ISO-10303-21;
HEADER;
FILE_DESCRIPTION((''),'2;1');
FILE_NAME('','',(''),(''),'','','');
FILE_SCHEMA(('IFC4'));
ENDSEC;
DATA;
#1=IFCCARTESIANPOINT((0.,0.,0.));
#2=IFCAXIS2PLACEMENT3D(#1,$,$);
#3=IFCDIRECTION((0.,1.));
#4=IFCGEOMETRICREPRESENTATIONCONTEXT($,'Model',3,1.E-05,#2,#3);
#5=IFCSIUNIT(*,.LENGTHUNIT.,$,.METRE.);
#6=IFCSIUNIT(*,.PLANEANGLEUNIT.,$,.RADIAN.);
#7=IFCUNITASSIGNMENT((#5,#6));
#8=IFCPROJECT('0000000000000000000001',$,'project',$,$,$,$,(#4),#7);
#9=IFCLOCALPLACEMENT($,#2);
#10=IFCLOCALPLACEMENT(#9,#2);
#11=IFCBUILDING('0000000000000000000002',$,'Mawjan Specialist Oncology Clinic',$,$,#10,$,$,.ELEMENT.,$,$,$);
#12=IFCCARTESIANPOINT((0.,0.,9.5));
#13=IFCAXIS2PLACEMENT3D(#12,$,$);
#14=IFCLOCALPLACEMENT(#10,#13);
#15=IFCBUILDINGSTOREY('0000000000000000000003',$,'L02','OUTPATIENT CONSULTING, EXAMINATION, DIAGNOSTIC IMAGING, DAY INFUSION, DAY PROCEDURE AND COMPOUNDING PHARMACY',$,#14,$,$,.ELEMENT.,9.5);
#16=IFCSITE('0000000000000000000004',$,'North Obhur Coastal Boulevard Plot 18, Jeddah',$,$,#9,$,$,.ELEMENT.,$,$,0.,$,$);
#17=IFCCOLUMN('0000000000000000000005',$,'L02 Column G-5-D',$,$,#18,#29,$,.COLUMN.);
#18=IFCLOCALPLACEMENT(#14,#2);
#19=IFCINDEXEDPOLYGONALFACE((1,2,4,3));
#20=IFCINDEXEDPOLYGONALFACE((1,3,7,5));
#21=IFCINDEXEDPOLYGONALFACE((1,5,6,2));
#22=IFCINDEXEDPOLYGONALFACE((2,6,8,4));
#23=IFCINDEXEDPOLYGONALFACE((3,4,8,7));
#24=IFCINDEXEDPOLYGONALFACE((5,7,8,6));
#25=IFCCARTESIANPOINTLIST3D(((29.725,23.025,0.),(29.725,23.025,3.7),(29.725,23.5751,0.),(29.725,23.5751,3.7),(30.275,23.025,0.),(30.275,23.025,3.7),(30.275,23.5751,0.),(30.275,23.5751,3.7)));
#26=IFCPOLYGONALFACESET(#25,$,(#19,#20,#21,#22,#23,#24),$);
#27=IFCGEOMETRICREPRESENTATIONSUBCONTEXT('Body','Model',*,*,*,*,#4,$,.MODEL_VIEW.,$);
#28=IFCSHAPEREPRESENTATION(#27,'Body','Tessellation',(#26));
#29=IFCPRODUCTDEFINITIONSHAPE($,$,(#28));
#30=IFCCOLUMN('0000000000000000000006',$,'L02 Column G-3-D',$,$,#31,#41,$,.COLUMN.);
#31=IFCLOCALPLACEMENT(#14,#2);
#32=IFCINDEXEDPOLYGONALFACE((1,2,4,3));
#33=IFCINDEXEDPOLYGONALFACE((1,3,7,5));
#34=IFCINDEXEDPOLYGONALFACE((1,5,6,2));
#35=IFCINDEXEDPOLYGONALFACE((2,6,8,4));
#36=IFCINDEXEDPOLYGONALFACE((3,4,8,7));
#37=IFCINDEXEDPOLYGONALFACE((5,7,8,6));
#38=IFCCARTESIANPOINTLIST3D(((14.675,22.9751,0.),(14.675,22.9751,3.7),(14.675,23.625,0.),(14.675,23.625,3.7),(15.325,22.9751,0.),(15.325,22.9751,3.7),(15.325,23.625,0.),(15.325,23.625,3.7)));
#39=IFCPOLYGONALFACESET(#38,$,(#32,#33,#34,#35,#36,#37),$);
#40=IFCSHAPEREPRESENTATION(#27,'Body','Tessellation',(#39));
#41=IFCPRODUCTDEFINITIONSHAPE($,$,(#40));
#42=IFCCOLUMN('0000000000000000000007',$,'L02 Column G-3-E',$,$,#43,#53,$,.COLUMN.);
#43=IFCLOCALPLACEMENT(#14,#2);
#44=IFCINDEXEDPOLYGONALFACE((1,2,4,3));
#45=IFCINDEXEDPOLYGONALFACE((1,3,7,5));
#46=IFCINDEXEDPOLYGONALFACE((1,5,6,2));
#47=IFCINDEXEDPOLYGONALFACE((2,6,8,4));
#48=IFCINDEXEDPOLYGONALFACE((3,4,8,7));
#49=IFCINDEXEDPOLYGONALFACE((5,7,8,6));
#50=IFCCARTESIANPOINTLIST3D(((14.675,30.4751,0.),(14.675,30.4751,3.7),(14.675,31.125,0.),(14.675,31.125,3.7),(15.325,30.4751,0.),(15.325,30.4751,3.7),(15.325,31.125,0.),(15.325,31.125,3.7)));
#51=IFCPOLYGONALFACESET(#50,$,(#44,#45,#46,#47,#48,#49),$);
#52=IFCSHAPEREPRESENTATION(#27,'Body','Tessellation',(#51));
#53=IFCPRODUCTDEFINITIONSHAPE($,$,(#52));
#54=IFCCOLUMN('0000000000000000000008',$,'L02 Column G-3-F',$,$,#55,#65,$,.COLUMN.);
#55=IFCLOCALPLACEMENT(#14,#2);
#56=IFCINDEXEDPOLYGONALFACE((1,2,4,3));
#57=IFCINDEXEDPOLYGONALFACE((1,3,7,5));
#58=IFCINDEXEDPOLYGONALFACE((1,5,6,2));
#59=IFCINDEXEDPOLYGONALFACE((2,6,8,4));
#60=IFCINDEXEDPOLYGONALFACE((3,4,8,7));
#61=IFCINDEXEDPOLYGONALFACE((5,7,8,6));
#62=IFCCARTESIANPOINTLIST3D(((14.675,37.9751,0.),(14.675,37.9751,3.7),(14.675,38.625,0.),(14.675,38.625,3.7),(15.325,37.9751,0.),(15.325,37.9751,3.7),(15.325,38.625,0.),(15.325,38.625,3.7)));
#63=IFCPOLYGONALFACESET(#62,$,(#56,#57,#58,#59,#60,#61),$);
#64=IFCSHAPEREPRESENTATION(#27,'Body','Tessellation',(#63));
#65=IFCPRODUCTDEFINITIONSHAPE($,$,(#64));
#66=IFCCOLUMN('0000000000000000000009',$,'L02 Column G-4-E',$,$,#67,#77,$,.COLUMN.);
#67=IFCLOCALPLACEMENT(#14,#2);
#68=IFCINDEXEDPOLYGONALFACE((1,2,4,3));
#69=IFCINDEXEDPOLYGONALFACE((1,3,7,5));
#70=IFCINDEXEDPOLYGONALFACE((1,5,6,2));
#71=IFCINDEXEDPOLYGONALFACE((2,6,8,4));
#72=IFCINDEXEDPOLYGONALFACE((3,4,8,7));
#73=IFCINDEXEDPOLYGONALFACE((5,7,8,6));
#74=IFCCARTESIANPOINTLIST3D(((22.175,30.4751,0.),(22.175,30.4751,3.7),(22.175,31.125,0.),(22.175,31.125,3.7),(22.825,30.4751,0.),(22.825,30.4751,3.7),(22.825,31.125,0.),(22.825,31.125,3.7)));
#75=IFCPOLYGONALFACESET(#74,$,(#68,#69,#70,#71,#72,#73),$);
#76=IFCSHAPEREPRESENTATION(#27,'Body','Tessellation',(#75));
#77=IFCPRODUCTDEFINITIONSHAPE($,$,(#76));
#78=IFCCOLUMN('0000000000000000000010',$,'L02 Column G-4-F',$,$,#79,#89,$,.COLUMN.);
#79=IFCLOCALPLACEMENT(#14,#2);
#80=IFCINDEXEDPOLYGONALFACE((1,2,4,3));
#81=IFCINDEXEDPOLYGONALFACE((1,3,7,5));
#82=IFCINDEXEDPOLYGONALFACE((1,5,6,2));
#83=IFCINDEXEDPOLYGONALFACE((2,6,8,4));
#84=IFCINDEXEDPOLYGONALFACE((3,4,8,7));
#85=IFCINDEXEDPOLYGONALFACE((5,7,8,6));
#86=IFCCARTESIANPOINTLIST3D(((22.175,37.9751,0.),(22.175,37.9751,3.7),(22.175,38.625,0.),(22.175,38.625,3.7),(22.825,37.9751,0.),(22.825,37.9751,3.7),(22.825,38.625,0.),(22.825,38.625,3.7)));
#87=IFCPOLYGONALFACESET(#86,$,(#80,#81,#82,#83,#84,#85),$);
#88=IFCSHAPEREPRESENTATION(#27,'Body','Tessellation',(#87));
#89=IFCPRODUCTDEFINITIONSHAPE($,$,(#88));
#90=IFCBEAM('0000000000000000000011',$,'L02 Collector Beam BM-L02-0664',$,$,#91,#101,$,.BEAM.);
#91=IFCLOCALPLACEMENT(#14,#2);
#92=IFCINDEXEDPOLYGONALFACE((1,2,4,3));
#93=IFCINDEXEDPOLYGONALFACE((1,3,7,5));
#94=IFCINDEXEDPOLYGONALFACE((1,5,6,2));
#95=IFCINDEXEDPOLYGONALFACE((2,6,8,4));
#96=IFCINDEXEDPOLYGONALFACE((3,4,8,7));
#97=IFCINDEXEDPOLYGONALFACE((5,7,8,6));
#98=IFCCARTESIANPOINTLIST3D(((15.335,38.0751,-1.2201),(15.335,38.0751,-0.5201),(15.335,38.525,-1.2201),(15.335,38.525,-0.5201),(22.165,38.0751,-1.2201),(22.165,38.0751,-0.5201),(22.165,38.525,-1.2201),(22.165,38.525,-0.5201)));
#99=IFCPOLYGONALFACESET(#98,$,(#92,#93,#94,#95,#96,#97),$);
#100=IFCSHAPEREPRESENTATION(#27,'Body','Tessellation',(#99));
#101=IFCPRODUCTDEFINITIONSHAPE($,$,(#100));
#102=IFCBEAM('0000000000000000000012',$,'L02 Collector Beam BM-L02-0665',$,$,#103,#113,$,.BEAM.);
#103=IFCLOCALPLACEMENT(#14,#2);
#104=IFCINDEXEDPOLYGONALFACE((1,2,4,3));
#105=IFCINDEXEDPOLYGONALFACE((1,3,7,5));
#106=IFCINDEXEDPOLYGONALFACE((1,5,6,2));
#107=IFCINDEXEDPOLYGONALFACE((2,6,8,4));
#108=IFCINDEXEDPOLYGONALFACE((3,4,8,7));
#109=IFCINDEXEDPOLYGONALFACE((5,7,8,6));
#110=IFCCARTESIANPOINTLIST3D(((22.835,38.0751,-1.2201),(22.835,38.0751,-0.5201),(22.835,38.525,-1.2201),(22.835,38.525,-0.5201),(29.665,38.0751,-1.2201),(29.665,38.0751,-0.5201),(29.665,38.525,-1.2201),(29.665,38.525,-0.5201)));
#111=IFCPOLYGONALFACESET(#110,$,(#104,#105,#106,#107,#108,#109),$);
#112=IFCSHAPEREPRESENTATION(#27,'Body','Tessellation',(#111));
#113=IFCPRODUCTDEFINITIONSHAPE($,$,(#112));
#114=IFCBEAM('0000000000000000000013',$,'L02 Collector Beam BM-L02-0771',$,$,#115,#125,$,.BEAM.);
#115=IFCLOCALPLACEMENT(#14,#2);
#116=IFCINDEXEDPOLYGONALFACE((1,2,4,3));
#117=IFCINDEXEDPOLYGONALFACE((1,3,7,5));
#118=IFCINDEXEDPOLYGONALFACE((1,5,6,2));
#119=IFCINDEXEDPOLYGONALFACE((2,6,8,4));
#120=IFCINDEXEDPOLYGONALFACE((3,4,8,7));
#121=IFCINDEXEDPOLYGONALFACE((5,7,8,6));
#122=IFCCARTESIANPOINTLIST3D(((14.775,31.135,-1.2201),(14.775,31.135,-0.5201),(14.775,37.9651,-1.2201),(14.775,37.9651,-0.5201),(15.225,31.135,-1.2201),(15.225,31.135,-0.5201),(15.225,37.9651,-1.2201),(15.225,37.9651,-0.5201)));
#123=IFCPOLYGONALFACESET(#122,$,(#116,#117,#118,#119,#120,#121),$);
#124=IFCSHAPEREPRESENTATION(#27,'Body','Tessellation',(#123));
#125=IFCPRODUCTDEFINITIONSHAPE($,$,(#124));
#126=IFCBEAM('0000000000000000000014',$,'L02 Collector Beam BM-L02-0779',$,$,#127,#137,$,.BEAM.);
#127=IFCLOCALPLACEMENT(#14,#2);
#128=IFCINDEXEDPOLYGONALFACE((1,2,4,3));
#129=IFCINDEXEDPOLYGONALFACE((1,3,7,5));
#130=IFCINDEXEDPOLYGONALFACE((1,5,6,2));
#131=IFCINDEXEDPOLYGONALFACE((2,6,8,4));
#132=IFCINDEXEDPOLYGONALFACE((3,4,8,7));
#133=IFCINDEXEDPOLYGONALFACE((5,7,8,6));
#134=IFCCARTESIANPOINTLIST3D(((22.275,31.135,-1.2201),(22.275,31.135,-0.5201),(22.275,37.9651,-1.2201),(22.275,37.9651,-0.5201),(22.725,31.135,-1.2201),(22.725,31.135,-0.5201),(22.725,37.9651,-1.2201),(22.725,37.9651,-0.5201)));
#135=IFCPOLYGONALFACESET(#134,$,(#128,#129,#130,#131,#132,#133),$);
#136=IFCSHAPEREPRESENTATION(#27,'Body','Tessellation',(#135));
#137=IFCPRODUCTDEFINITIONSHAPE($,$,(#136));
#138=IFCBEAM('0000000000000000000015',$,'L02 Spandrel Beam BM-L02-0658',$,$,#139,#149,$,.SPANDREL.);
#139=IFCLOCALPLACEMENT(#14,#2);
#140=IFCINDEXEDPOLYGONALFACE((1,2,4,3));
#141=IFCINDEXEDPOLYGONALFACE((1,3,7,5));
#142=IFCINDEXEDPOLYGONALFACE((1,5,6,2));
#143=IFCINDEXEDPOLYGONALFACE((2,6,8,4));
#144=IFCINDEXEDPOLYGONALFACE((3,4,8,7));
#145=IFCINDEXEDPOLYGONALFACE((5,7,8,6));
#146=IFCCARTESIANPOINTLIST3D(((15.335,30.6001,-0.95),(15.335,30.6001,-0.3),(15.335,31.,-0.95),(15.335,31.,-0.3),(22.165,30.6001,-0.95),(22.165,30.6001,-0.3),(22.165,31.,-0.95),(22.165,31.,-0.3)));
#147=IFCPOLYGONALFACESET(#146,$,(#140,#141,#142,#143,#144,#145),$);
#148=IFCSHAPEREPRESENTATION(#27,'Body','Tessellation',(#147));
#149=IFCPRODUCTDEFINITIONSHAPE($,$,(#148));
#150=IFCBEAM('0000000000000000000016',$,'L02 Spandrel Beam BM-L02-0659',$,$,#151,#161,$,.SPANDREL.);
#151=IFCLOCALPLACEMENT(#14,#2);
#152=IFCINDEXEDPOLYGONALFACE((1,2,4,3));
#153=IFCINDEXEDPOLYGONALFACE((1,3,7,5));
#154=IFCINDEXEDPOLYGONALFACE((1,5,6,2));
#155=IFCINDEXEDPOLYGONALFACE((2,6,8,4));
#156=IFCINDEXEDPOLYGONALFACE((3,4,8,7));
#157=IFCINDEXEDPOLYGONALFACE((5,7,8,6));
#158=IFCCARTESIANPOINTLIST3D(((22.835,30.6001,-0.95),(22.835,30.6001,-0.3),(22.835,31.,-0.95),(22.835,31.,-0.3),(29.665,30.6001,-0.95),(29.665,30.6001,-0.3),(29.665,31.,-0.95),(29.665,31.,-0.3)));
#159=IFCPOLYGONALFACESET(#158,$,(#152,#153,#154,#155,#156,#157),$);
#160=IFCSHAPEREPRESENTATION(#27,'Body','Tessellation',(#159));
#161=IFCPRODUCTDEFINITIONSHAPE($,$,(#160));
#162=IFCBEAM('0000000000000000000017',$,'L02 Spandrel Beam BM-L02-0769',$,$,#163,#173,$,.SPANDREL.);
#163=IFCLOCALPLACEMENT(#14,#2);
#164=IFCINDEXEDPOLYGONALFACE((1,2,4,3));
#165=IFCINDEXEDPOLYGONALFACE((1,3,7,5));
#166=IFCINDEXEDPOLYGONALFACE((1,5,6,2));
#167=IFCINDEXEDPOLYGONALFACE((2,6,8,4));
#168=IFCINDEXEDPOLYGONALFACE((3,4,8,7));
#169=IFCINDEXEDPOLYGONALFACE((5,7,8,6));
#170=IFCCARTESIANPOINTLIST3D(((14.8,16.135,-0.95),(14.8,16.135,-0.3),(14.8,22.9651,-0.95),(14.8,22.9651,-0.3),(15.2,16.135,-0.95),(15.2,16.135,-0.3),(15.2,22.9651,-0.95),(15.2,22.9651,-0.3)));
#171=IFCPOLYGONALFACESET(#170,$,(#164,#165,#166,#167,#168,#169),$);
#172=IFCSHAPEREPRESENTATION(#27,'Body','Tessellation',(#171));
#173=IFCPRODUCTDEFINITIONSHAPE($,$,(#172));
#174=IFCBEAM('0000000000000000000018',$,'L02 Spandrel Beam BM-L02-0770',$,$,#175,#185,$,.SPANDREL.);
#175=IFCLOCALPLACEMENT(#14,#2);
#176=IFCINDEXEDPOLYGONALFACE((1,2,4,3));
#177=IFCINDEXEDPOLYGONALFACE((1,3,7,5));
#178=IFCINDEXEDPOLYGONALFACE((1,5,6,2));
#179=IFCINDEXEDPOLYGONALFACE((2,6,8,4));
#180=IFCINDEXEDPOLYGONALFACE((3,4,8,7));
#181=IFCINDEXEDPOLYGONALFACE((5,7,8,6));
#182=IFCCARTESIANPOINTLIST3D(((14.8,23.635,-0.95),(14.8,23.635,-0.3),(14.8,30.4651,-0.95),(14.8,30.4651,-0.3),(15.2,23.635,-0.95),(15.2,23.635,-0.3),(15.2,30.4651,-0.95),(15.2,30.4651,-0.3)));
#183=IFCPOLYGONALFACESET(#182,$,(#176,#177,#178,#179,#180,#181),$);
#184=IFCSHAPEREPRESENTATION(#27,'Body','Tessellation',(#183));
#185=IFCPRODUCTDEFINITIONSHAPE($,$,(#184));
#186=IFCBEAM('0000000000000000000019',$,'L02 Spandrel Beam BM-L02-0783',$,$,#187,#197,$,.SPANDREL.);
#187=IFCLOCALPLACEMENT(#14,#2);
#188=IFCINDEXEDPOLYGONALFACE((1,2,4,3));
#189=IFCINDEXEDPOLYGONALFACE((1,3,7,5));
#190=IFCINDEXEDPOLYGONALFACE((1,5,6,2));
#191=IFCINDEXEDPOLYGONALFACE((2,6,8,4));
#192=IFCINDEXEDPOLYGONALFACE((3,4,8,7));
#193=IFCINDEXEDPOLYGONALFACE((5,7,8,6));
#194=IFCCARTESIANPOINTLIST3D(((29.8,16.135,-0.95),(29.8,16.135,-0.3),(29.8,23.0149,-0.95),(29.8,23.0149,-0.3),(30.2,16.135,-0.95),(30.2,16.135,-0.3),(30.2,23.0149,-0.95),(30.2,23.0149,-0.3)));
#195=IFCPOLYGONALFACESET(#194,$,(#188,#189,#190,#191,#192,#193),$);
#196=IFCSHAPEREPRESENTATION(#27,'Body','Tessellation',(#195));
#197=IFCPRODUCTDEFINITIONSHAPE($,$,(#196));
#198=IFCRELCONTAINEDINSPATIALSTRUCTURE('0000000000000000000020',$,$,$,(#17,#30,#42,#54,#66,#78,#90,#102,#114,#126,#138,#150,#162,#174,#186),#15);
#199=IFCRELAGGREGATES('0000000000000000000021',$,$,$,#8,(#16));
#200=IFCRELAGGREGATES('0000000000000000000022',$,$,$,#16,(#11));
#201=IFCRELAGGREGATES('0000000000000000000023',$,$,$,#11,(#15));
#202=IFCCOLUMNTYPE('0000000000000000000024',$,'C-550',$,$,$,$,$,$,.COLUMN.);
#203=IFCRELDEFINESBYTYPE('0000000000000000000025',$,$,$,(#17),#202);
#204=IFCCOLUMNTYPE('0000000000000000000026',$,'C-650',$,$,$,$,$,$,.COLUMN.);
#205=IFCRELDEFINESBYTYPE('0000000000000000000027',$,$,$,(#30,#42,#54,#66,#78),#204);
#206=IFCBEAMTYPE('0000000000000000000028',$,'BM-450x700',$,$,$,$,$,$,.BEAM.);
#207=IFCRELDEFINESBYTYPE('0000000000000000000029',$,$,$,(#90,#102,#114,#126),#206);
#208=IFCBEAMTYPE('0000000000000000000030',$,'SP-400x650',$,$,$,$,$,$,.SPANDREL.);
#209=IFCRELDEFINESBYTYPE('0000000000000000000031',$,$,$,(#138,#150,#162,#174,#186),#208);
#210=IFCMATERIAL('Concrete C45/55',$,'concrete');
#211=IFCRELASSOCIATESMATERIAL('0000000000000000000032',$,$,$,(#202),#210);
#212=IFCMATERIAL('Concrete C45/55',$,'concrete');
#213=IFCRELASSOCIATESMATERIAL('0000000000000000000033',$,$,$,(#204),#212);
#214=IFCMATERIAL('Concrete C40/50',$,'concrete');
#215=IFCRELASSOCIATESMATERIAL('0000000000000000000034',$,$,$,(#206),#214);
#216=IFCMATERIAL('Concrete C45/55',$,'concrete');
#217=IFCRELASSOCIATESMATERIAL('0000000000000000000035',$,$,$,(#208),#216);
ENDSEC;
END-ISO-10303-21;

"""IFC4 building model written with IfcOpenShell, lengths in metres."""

from ifc_helpers import new_model, si_unit, direction, frame, origin, origin_2d, place, context, subcontext, project, spatial, rectangle, extrude, material, material_profile, profile_set, type_object, element, save


model = new_model("IFC4")

# Units and contexts
model_context = context("Model", 3, precision=1e-05, world=origin(), true_north=direction((0.0, 1.0)))
body_context = subcontext(model_context, "Body", "Model", "MODEL_VIEW")
ifc_project = project(units=[si_unit("LENGTHUNIT", "METRE"), si_unit("PLANEANGLEUNIT", "RADIAN")], contexts=[model_context])

# Site, building, storey
site_placement = place(None, origin())
site = spatial("IfcSite", under=ifc_project, at=site_placement, Name="North Obhur Coastal Boulevard Plot 18, Jeddah", CompositionType="ELEMENT", RefElevation=0.0)
building_placement = place(site_placement, origin())
building = spatial("IfcBuilding", under=site, at=building_placement, Name="Mawjan Specialist Oncology Clinic", CompositionType="ELEMENT")
storey_placement = place(building_placement, frame((0.0, 0.0, 9.5)))
storey = spatial("IfcBuildingStorey", under=building, at=storey_placement, Name="L02", Description="OUTPATIENT CONSULTING, EXAMINATION, DIAGNOSTIC IMAGING, DAY INFUSION, DAY PROCEDURE AND COMPOUNDING PHARMACY", CompositionType="ELEMENT", Elevation=9.5)

# Columns
ifc_material_1 = material(Name="Concrete C45/55", Category="concrete")
ifc_material_profile_1 = material_profile(ifc_material_1, rectangle(XDim=0.55, YDim=0.55, at=origin_2d()), Name="RC COL 550x550", Category="concrete")
ifc_profile_set_1 = profile_set([ifc_material_profile_1], Name="Concrete C45/55")
column_type_1 = type_object("IfcColumnType", Name="C-550", PredefinedType="COLUMN", material=ifc_profile_set_1)
column_placement = place(storey_placement, frame((30.0, 23.3, 0.0), z_axis=(0.0, 0.0, 1.0), x_axis=(1.0, 0.0, 0.0)))
element("IfcColumn", 1, at=column_placement, inside=storey, type_object=column_type_1, Name="L02 Column G-5-D", PredefinedType="COLUMN", context=body_context, shape_type="SweptSolid", body=[
    extrude(rectangle(XDim=0.55, YDim=0.55, at=origin_2d()), origin(), (0.0, 0.0, 1.0), 3.7),
])
ifc_material_2 = material(Name="Concrete C45/55", Category="concrete")
ifc_material_profile_2 = material_profile(ifc_material_2, rectangle(XDim=0.6499, YDim=0.6499, at=origin_2d()), Name="RC COL 650x650", Category="concrete")
ifc_profile_set_2 = profile_set([ifc_material_profile_2], Name="Concrete C45/55")
column_type_2 = type_object("IfcColumnType", Name="C-650", PredefinedType="COLUMN", material=ifc_profile_set_2)
for number, where, z_axis, x_axis, name in (
    (2, (15.0, 23.3, 0.0), (0.0, 0.0, 1.0), (1.0, 0.0, 0.0), "L02 Column G-3-D"),
    (3, (15.0, 30.8, 0.0), (0.0, 0.0, 1.0), (1.0, 0.0, 0.0), "L02 Column G-3-E"),
    (4, (15.0, 38.3, 0.0), (0.0, 0.0, 1.0), (1.0, 0.0, 0.0), "L02 Column G-3-F"),
    (5, (22.5, 30.8, 0.0), (0.0, 0.0, 1.0), (1.0, 0.0, 0.0), "L02 Column G-4-E"),
    (6, (22.5, 38.3, 0.0), (0.0, 0.0, 1.0), (1.0, 0.0, 0.0), "L02 Column G-4-F"),
):
    element("IfcColumn", number, at=place(storey_placement, frame(where, z_axis=z_axis, x_axis=x_axis)), inside=storey, type_object=column_type_2, Name=name, PredefinedType="COLUMN", context=body_context, shape_type="SweptSolid", body=[
        extrude(rectangle(XDim=0.6499, YDim=0.6499, at=origin_2d()), origin(), (0.0, 0.0, 1.0), 3.7),
    ])

# Beams
ifc_material_3 = material(Name="Concrete C40/50", Category="concrete")
ifc_material_profile_3 = material_profile(ifc_material_3, rectangle(XDim=0.45, YDim=0.7, at=origin_2d()), Name="RC BM 450x700", Category="concrete")
ifc_profile_set_3 = profile_set([ifc_material_profile_3], Name="Concrete C40/50")
beam_type_1 = type_object("IfcBeamType", Name="BM-450x700", PredefinedType="BEAM", material=ifc_profile_set_3)
for number, where, z_axis, x_axis, name in (
    (7, (15.335, 38.3, -0.8701), (1.0, 0.0, 0.0), (0.0, 1.0, 0.0), "L02 Collector Beam BM-L02-0664"),
    (8, (22.835, 38.3, -0.8701), (1.0, 0.0, 0.0), (0.0, 1.0, 0.0), "L02 Collector Beam BM-L02-0665"),
    (9, (15.0, 31.135, -0.8701), (0.0, 1.0, 0.0), (-1.0, 0.0, 0.0), "L02 Collector Beam BM-L02-0771"),
    (10, (22.5, 31.135, -0.8701), (0.0, 1.0, 0.0), (-1.0, 0.0, 0.0), "L02 Collector Beam BM-L02-0779"),
):
    element("IfcBeam", number, at=place(storey_placement, frame(where, z_axis=z_axis, x_axis=x_axis)), inside=storey, type_object=beam_type_1, Name=name, PredefinedType="BEAM", context=body_context, shape_type="SweptSolid", body=[
        extrude(rectangle(XDim=0.45, YDim=0.7, at=origin_2d()), origin(), (0.0, 0.0, 1.0), 6.8301),
    ])
ifc_material_4 = material(Name="Concrete C45/55", Category="concrete")
ifc_material_profile_4 = material_profile(ifc_material_4, rectangle(XDim=0.3999, YDim=0.6499, at=origin_2d()), Name="RC BM 400x650", Category="concrete")
ifc_profile_set_4 = profile_set([ifc_material_profile_4], Name="Concrete C45/55")
beam_type_2 = type_object("IfcBeamType", Name="SP-400x650", PredefinedType="SPANDREL", material=ifc_profile_set_4)
for number, where, z_axis, x_axis, name in (
    (11, (15.335, 30.8, -0.625), (1.0, 0.0, 0.0), (0.0, 1.0, 0.0), "L02 Spandrel Beam BM-L02-0658"),
    (12, (22.835, 30.8, -0.625), (1.0, 0.0, 0.0), (0.0, 1.0, 0.0), "L02 Spandrel Beam BM-L02-0659"),
    (13, (15.0, 16.135, -0.625), (0.0, 1.0, 0.0), (-1.0, 0.0, 0.0), "L02 Spandrel Beam BM-L02-0769"),
    (14, (15.0, 23.635, -0.625), (0.0, 1.0, 0.0), (-1.0, 0.0, 0.0), "L02 Spandrel Beam BM-L02-0770"),
):
    element("IfcBeam", number, at=place(storey_placement, frame(where, z_axis=z_axis, x_axis=x_axis)), inside=storey, type_object=beam_type_2, Name=name, PredefinedType="SPANDREL", context=body_context, shape_type="SweptSolid", body=[
        extrude(rectangle(XDim=0.3999, YDim=0.6499, at=origin_2d()), origin(), (0.0, 0.0, 1.0), 6.8301),
    ])
beam_placement = place(storey_placement, frame((30.0, 16.135, -0.625), z_axis=(0.0, 1.0, 0.0), x_axis=(-1.0, 0.0, 0.0)))
element("IfcBeam", 15, at=beam_placement, inside=storey, type_object=beam_type_2, Name="L02 Spandrel Beam BM-L02-0783", PredefinedType="SPANDREL", context=body_context, shape_type="SweptSolid", body=[
    extrude(rectangle(XDim=0.3999, YDim=0.6499, at=origin_2d()), origin(), (0.0, 0.0, 1.0), 6.8799),
])

save(model, "model.ifc")
